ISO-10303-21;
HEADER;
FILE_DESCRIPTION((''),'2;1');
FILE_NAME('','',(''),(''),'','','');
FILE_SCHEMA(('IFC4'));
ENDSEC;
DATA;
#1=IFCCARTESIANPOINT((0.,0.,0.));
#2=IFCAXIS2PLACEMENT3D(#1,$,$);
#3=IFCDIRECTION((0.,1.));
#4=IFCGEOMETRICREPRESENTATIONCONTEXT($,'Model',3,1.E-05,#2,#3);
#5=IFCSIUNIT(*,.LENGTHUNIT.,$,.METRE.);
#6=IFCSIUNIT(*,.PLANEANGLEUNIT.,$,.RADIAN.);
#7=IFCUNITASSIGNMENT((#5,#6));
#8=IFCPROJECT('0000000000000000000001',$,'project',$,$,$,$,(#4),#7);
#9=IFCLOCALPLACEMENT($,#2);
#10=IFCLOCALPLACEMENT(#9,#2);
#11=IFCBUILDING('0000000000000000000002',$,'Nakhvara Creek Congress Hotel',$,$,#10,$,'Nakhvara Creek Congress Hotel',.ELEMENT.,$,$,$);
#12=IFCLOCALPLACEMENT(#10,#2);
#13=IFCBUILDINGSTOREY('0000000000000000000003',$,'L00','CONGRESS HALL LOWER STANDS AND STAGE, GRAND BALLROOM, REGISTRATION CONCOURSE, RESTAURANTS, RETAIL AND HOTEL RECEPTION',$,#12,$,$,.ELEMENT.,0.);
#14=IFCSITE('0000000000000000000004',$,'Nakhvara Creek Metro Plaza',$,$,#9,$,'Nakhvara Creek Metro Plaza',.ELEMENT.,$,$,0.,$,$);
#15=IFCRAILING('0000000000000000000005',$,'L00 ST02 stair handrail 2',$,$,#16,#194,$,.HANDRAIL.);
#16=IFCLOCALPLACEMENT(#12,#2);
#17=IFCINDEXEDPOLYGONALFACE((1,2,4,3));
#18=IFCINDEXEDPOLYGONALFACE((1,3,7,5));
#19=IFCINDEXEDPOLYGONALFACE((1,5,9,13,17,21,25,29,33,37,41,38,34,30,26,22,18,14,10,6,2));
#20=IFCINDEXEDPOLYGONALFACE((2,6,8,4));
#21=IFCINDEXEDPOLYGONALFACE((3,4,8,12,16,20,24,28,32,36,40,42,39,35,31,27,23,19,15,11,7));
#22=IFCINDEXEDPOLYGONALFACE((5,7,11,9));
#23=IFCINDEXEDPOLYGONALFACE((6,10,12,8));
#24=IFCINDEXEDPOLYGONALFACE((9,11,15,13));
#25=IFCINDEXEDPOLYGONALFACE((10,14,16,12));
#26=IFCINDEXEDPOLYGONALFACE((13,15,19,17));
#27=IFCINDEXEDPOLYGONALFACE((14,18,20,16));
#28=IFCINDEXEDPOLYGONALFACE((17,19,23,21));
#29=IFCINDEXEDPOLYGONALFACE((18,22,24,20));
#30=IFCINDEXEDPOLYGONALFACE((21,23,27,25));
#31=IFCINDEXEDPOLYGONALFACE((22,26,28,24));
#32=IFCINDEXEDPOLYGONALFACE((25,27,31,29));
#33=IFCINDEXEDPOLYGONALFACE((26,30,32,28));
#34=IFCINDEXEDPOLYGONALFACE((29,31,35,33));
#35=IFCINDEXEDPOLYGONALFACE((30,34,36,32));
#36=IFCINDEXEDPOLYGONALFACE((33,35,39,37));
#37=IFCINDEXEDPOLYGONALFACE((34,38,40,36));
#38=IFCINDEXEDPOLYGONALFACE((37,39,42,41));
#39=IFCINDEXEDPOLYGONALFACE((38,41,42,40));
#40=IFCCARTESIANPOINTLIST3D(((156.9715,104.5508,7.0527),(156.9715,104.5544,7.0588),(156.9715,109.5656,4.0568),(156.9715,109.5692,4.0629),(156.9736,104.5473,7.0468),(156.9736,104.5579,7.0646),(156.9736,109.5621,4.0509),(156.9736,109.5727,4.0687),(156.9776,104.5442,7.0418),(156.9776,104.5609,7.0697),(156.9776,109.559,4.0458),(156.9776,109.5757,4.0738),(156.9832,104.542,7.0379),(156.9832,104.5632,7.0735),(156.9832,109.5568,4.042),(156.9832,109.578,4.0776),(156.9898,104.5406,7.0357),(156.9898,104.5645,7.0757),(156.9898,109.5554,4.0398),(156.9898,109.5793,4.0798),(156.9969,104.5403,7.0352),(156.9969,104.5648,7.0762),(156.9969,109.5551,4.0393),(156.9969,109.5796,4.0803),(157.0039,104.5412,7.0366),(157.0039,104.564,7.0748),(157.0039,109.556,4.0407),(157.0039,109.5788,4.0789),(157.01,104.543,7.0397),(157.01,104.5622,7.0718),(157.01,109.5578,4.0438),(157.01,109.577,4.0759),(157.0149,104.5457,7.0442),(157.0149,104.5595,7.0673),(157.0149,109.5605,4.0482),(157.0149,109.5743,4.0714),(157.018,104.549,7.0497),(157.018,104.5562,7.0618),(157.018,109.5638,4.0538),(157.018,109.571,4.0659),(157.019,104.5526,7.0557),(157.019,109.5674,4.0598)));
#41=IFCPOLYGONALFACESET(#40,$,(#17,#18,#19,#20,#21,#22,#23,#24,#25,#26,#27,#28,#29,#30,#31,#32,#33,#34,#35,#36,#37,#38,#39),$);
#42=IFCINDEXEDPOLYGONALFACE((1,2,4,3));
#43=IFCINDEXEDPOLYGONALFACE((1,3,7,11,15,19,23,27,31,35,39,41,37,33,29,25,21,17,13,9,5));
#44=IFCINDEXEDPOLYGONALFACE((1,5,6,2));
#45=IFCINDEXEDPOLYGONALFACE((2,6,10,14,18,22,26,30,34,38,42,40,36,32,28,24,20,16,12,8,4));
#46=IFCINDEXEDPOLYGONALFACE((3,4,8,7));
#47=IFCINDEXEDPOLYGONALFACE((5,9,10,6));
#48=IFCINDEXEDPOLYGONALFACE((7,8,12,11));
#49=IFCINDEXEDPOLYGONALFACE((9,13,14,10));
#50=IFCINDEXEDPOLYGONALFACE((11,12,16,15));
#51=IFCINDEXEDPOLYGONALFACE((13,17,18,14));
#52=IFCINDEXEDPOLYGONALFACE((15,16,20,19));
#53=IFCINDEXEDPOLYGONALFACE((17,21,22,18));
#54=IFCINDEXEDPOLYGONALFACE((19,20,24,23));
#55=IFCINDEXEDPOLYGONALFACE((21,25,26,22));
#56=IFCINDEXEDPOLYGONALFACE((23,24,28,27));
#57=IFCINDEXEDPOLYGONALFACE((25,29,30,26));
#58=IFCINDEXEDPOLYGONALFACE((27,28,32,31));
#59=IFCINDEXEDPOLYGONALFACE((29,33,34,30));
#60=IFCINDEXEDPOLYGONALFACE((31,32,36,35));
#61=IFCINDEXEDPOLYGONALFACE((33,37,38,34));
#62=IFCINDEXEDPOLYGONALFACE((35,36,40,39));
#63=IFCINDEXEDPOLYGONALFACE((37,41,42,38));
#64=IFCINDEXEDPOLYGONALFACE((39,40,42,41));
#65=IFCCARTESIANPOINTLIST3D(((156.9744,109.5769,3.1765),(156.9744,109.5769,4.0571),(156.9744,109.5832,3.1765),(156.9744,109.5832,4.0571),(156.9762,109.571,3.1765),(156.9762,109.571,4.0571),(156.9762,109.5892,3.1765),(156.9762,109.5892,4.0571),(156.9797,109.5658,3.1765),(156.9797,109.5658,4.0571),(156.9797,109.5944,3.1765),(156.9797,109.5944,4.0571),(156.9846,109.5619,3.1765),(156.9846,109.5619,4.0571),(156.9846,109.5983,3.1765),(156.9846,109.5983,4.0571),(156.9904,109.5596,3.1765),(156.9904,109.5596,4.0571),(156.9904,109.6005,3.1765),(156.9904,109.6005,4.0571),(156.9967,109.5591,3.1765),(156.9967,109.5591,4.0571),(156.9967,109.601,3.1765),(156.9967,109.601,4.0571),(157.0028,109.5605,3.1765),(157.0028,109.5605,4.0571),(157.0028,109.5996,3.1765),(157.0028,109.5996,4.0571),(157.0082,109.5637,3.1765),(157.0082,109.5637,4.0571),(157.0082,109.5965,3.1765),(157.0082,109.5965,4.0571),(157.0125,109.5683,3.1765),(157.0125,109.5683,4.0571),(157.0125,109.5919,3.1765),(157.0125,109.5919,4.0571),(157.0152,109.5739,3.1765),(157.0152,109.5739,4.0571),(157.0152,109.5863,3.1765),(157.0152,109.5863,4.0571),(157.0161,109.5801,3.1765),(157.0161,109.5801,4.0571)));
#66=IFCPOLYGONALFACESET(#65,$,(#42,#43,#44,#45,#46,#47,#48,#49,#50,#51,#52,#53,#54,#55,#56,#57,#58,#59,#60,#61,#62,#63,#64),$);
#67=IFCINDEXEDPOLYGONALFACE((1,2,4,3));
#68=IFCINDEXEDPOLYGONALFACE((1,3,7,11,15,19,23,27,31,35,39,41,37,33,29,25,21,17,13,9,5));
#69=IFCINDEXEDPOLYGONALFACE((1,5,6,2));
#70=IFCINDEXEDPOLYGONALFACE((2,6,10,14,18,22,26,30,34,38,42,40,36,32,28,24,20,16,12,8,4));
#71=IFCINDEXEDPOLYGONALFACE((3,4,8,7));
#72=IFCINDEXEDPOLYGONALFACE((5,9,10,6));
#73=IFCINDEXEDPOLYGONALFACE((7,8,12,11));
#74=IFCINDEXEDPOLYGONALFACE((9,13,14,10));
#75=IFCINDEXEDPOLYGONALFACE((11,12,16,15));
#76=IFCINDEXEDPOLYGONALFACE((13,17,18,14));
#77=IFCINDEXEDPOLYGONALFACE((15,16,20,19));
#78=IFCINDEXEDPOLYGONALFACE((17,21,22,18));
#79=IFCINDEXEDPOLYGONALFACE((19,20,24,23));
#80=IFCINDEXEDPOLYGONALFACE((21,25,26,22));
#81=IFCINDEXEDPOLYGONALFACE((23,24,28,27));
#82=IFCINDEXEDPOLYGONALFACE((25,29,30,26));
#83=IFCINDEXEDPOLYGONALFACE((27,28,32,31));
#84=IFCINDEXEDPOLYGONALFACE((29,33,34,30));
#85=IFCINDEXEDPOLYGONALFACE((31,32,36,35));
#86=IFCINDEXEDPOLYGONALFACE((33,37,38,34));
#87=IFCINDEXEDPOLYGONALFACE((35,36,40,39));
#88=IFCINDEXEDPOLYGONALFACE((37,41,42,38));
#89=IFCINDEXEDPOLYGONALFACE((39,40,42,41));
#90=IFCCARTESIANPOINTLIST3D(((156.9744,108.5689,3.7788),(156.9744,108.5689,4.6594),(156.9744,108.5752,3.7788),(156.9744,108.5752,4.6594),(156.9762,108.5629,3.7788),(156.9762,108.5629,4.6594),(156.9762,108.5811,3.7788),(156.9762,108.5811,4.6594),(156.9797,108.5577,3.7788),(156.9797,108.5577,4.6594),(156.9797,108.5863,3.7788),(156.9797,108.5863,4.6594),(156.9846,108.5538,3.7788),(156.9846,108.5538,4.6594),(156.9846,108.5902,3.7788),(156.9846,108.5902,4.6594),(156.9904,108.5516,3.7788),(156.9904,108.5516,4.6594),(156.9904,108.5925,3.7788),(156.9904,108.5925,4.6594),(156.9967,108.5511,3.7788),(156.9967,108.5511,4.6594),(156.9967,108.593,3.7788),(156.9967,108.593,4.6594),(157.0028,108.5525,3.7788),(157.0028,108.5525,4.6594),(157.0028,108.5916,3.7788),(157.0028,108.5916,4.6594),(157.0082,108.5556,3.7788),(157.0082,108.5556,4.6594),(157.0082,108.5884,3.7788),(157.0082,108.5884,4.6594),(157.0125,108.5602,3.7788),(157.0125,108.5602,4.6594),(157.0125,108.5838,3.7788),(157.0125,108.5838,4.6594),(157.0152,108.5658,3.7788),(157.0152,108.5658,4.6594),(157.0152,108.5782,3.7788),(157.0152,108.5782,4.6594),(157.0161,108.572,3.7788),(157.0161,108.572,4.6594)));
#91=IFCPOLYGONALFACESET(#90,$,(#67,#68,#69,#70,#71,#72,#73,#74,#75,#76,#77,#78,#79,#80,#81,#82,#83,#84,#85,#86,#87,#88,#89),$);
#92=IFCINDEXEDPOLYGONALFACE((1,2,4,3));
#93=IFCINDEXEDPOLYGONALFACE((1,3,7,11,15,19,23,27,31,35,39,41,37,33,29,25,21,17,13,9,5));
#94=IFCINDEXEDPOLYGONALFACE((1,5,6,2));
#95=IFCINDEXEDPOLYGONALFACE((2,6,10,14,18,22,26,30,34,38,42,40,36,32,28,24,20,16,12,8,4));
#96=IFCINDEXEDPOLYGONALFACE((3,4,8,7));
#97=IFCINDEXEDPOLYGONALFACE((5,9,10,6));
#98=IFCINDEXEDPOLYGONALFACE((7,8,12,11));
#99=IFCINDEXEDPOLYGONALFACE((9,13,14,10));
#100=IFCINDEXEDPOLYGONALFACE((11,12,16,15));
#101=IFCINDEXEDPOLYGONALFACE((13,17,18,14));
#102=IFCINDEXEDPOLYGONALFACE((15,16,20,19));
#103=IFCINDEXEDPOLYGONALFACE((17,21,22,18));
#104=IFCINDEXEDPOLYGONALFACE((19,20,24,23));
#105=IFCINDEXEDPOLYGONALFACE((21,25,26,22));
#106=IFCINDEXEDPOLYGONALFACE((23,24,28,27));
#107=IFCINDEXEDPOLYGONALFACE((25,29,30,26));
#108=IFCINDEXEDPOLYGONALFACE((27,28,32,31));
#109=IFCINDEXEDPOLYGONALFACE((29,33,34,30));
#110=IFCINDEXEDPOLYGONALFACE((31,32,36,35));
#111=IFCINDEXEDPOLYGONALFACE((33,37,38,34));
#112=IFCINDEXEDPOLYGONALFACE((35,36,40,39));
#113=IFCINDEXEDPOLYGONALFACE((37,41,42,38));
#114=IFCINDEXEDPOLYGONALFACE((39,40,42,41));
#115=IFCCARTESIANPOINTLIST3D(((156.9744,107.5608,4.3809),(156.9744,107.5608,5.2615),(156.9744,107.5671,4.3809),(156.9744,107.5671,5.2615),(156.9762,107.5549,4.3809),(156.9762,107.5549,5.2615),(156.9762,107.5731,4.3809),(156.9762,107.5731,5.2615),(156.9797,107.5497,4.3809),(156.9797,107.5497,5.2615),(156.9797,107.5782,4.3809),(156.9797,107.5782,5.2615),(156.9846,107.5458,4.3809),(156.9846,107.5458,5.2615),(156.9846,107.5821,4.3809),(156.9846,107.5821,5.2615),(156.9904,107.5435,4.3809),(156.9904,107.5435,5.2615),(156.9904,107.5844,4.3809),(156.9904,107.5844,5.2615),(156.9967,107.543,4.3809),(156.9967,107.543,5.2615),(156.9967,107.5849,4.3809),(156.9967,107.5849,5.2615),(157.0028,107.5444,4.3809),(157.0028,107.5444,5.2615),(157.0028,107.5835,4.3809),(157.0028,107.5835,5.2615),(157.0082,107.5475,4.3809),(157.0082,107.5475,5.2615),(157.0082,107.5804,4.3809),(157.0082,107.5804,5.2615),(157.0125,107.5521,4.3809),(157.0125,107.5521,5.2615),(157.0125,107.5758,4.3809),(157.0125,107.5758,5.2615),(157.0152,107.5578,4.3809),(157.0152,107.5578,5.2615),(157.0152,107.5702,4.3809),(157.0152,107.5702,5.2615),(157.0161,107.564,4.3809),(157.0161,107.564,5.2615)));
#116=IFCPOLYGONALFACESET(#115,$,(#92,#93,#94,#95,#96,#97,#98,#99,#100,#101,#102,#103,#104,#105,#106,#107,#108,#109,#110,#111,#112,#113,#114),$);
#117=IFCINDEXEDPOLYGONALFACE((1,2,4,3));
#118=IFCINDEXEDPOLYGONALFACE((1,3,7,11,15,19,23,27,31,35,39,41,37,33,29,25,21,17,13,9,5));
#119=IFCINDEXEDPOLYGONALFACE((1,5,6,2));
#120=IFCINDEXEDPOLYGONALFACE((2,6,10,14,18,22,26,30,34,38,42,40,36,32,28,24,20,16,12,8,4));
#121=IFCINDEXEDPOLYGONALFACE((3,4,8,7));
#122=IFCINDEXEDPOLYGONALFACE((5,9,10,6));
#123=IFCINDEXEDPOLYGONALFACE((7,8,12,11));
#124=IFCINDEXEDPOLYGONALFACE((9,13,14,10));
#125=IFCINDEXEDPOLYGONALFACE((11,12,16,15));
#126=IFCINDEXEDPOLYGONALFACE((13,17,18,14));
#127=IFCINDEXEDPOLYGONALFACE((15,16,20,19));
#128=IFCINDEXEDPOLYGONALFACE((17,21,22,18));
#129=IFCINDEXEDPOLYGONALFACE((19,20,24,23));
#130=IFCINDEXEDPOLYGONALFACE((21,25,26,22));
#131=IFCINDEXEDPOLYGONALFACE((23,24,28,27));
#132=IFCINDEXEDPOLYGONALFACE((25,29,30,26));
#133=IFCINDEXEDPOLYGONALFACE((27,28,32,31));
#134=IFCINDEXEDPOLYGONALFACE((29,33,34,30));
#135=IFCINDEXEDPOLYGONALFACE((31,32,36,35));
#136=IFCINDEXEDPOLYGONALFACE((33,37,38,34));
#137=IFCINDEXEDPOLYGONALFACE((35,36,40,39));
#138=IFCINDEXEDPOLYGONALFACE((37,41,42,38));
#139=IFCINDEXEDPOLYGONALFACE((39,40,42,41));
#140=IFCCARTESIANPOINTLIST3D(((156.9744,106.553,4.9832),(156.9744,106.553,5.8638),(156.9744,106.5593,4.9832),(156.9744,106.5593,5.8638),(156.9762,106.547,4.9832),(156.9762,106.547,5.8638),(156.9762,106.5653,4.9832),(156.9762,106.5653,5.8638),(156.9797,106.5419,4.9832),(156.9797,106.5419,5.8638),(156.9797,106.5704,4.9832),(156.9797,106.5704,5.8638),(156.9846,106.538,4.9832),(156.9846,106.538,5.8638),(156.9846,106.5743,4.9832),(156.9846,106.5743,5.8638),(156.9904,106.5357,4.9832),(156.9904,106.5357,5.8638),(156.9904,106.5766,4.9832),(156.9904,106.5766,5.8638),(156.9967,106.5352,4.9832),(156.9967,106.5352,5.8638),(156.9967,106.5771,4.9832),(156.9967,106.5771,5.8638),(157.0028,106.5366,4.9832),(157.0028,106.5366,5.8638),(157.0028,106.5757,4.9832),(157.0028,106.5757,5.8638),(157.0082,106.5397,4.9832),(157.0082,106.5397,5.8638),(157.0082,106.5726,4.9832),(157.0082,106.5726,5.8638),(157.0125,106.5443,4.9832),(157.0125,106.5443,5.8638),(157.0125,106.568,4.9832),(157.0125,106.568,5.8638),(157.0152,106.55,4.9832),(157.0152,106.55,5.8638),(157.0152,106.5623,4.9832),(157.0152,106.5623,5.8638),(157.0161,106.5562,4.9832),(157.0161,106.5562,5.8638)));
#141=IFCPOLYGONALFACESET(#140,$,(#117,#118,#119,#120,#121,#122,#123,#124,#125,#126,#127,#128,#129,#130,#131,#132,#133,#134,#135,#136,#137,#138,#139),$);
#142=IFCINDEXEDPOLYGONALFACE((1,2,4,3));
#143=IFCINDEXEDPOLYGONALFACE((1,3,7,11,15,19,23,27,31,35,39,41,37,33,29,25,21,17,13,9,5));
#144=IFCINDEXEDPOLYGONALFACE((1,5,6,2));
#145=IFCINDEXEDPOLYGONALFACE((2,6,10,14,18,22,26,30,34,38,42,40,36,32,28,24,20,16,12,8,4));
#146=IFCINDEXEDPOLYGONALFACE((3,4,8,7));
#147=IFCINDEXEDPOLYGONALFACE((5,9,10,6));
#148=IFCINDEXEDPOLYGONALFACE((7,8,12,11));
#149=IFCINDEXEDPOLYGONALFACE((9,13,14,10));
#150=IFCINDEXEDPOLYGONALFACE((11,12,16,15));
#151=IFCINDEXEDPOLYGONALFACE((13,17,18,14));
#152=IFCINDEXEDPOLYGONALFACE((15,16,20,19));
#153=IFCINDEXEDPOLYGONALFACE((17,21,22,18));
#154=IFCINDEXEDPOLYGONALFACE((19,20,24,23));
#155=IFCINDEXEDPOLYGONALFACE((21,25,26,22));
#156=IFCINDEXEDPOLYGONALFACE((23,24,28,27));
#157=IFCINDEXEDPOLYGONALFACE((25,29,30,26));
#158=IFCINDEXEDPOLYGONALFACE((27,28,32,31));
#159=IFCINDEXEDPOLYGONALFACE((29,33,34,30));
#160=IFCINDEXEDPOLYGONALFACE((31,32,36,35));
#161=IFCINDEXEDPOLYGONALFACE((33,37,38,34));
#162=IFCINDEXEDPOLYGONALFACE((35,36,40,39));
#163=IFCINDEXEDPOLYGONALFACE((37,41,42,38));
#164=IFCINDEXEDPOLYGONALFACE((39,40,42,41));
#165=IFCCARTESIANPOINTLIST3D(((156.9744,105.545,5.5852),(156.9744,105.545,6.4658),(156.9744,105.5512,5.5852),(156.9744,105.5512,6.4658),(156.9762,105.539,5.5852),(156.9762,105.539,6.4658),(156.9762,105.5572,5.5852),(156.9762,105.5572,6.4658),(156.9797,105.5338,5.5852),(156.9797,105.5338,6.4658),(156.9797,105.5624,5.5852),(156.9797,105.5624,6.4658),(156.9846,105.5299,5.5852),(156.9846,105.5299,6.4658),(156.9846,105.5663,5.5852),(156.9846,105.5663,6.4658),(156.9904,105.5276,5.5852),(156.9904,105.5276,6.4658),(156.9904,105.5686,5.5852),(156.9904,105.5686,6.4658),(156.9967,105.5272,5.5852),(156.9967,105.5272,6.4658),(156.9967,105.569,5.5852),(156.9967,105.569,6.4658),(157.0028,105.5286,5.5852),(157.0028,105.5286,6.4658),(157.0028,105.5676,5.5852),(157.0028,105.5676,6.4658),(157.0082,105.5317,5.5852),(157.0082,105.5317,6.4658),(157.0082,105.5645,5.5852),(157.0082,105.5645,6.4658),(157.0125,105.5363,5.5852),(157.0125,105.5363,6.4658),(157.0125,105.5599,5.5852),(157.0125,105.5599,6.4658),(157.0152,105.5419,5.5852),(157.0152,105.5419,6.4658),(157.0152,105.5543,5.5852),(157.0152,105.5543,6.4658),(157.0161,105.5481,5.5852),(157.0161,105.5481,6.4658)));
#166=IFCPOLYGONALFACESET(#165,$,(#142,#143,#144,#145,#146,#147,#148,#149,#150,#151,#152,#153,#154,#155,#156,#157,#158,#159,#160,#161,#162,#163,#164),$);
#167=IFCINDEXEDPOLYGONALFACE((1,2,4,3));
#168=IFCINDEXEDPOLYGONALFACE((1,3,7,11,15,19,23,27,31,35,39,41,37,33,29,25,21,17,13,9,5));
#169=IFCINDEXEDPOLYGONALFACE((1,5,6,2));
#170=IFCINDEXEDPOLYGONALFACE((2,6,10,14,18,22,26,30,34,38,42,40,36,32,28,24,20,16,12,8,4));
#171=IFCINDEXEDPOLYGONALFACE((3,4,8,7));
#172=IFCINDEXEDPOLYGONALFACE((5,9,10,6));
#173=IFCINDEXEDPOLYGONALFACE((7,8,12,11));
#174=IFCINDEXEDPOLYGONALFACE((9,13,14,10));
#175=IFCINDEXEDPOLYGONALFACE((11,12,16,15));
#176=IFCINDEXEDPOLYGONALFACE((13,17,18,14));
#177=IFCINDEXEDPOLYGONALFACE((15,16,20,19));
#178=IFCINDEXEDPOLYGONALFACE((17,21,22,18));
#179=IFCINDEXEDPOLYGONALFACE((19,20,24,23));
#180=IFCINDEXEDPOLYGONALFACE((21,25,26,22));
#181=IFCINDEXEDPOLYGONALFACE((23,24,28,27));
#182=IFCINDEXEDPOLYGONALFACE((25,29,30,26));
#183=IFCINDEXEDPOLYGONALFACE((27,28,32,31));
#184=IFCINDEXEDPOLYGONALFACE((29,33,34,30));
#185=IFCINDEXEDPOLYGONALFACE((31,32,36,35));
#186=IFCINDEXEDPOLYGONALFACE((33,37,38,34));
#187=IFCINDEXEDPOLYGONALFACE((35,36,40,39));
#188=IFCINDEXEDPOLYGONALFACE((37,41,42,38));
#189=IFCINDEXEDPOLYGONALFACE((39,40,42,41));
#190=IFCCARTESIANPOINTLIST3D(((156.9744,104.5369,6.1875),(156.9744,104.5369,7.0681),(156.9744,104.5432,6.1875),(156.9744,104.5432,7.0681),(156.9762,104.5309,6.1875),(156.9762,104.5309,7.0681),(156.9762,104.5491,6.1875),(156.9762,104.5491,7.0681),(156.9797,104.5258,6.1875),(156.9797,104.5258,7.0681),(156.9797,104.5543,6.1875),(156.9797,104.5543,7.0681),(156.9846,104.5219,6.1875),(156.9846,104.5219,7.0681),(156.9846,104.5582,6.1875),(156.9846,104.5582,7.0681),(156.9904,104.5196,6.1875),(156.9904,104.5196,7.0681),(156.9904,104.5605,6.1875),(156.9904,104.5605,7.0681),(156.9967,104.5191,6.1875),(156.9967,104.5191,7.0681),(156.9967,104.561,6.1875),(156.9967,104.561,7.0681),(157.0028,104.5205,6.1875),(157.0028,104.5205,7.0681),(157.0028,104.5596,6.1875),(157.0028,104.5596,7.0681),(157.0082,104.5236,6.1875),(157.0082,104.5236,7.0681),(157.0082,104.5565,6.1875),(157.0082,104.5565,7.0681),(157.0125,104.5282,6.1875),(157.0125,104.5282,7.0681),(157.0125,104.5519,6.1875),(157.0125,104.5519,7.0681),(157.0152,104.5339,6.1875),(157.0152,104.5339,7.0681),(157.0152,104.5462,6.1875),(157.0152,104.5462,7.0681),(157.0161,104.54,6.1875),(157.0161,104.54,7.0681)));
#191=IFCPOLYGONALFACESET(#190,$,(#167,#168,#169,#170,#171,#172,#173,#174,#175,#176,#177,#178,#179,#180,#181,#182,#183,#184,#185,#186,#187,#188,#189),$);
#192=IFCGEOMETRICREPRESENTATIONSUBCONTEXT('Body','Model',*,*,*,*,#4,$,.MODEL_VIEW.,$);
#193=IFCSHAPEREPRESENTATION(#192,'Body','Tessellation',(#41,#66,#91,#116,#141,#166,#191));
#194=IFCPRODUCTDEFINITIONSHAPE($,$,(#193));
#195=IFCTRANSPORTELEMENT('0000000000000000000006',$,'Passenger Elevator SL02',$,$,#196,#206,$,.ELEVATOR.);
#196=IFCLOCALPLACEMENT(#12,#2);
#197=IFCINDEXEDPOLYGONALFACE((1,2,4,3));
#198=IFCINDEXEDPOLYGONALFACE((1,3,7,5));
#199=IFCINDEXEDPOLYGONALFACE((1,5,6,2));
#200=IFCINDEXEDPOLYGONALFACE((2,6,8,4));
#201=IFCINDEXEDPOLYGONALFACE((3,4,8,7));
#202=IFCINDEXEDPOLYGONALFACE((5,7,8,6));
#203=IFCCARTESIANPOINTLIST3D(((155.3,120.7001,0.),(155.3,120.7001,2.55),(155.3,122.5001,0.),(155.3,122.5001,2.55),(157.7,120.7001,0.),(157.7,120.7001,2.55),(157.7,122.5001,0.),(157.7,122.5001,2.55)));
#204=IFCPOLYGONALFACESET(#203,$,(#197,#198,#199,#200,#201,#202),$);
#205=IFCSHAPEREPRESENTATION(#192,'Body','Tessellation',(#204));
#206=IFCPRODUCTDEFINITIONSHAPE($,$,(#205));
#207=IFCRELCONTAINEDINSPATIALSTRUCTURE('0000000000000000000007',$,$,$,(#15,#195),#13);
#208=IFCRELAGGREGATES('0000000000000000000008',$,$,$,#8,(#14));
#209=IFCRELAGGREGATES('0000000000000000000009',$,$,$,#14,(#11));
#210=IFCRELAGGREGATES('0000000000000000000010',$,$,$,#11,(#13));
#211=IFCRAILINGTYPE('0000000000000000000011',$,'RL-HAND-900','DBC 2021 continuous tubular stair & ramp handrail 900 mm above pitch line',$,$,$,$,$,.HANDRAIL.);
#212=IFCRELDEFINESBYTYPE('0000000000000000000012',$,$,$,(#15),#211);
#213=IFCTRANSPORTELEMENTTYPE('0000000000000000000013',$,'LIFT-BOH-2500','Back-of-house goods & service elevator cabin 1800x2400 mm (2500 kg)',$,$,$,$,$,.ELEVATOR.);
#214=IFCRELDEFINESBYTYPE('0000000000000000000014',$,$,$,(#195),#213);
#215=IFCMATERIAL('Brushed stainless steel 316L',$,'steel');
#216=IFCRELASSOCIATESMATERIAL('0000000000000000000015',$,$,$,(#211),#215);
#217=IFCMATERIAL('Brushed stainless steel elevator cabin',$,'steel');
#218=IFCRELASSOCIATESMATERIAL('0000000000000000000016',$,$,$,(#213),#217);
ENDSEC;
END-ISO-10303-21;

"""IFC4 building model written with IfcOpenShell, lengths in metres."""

from ifc_helpers import new_model, si_unit, direction, frame, origin, origin_2d, place, context, subcontext, project, spatial, rectangle, circle, extrude, material, type_object, element, save


model = new_model("IFC4")

# Units and contexts
model_context = context("Model", 3, precision=1e-05, world=origin(), true_north=direction((0.0, 1.0)))
body_context = subcontext(model_context, "Body", "Model", "MODEL_VIEW")
ifc_project = project(units=[si_unit("LENGTHUNIT", "METRE"), si_unit("PLANEANGLEUNIT", "RADIAN")], contexts=[model_context])

# Site, building, storey
site_placement = place(None, origin())
site = spatial("IfcSite", under=ifc_project, at=site_placement, Name="Nakhvara Creek Metro Plaza", LongName="Nakhvara Creek Metro Plaza", CompositionType="ELEMENT", RefElevation=0.0)
building_placement = place(site_placement, origin())
building = spatial("IfcBuilding", under=site, at=building_placement, Name="Nakhvara Creek Congress Hotel", LongName="Nakhvara Creek Congress Hotel", CompositionType="ELEMENT")
storey_placement = place(building_placement, origin())
storey = spatial("IfcBuildingStorey", under=building, at=storey_placement, Name="L00", Description="CONGRESS HALL LOWER STANDS AND STAGE, GRAND BALLROOM, REGISTRATION CONCOURSE, RESTAURANTS, RETAIL AND HOTEL RECEPTION", CompositionType="ELEMENT", Elevation=0.0)

# Railing
ifc_material_1 = material(Name="Brushed stainless steel 316L", Category="steel")
railing_type_1 = type_object("IfcRailingType", Name="RL-HAND-900", Description="DBC 2021 continuous tubular stair & ramp handrail 900 mm above pitch line", PredefinedType="HANDRAIL", material=ifc_material_1)
railing_1_placement = place(storey_placement, frame((156.9951, 109.5801, 3.1765)))
element("IfcRailing", 1, at=railing_1_placement, inside=storey, type_object=railing_type_1, Name="L00 ST02 stair handrail 2", PredefinedType="HANDRAIL", context=body_context, shape_type="SweptSolid", body=[
    extrude(circle(Radius=0.0239, at=origin_2d()), frame((0.0, -0.0127, 0.8833), z_axis=(0.0, -0.858471, 0.512862), x_axis=(1.0, 0.0, 0.0)), (0.0, 0.0, 1.0), 5.8416),
    extrude(circle(Radius=0.021, at=origin_2d()), origin(), (0.0, 0.0, 1.0), 0.8806),
    extrude(circle(Radius=0.021, at=origin_2d()), frame((0.0, -1.0081, 0.6023)), (0.0, 0.0, 1.0), 0.8806),
    extrude(circle(Radius=0.021, at=origin_2d()), frame((0.0, -2.0161, 1.2043)), (0.0, 0.0, 1.0), 0.8806),
    extrude(circle(Radius=0.021, at=origin_2d()), frame((0.0, -3.0239, 1.8066)), (0.0, 0.0, 1.0), 0.8806),
    extrude(circle(Radius=0.021, at=origin_2d()), frame((0.0, -4.032, 2.4087)), (0.0, 0.0, 1.0), 0.8806),
    extrude(circle(Radius=0.021, at=origin_2d()), frame((0.0, -5.04, 3.011)), (0.0, 0.0, 1.0), 0.8806),
])

# Transport element
ifc_material_2 = material(Name="Brushed stainless steel elevator cabin", Category="steel")
transport_element_type_1 = type_object("IfcTransportElementType", Name="LIFT-BOH-2500", Description="Back-of-house goods & service elevator cabin 1800x2400 mm (2500 kg)", PredefinedType="ELEVATOR", material=ifc_material_2)
transport_element_1_placement = place(storey_placement, frame((156.5, 121.6001, 0.0), z_axis=(0.0, 0.0, 1.0), x_axis=(0.0, 1.0, 0.0)))
element("IfcTransportElement", 2, at=transport_element_1_placement, inside=storey, type_object=transport_element_type_1, Name="Passenger Elevator SL02", PredefinedType="ELEVATOR", context=body_context, shape_type="SweptSolid", body=[
    extrude(rectangle(XDim=1.8, YDim=2.3999, at=origin_2d()), origin(), (0.0, 0.0, 1.0), 2.55),
])

save(model, "model.ifc")
